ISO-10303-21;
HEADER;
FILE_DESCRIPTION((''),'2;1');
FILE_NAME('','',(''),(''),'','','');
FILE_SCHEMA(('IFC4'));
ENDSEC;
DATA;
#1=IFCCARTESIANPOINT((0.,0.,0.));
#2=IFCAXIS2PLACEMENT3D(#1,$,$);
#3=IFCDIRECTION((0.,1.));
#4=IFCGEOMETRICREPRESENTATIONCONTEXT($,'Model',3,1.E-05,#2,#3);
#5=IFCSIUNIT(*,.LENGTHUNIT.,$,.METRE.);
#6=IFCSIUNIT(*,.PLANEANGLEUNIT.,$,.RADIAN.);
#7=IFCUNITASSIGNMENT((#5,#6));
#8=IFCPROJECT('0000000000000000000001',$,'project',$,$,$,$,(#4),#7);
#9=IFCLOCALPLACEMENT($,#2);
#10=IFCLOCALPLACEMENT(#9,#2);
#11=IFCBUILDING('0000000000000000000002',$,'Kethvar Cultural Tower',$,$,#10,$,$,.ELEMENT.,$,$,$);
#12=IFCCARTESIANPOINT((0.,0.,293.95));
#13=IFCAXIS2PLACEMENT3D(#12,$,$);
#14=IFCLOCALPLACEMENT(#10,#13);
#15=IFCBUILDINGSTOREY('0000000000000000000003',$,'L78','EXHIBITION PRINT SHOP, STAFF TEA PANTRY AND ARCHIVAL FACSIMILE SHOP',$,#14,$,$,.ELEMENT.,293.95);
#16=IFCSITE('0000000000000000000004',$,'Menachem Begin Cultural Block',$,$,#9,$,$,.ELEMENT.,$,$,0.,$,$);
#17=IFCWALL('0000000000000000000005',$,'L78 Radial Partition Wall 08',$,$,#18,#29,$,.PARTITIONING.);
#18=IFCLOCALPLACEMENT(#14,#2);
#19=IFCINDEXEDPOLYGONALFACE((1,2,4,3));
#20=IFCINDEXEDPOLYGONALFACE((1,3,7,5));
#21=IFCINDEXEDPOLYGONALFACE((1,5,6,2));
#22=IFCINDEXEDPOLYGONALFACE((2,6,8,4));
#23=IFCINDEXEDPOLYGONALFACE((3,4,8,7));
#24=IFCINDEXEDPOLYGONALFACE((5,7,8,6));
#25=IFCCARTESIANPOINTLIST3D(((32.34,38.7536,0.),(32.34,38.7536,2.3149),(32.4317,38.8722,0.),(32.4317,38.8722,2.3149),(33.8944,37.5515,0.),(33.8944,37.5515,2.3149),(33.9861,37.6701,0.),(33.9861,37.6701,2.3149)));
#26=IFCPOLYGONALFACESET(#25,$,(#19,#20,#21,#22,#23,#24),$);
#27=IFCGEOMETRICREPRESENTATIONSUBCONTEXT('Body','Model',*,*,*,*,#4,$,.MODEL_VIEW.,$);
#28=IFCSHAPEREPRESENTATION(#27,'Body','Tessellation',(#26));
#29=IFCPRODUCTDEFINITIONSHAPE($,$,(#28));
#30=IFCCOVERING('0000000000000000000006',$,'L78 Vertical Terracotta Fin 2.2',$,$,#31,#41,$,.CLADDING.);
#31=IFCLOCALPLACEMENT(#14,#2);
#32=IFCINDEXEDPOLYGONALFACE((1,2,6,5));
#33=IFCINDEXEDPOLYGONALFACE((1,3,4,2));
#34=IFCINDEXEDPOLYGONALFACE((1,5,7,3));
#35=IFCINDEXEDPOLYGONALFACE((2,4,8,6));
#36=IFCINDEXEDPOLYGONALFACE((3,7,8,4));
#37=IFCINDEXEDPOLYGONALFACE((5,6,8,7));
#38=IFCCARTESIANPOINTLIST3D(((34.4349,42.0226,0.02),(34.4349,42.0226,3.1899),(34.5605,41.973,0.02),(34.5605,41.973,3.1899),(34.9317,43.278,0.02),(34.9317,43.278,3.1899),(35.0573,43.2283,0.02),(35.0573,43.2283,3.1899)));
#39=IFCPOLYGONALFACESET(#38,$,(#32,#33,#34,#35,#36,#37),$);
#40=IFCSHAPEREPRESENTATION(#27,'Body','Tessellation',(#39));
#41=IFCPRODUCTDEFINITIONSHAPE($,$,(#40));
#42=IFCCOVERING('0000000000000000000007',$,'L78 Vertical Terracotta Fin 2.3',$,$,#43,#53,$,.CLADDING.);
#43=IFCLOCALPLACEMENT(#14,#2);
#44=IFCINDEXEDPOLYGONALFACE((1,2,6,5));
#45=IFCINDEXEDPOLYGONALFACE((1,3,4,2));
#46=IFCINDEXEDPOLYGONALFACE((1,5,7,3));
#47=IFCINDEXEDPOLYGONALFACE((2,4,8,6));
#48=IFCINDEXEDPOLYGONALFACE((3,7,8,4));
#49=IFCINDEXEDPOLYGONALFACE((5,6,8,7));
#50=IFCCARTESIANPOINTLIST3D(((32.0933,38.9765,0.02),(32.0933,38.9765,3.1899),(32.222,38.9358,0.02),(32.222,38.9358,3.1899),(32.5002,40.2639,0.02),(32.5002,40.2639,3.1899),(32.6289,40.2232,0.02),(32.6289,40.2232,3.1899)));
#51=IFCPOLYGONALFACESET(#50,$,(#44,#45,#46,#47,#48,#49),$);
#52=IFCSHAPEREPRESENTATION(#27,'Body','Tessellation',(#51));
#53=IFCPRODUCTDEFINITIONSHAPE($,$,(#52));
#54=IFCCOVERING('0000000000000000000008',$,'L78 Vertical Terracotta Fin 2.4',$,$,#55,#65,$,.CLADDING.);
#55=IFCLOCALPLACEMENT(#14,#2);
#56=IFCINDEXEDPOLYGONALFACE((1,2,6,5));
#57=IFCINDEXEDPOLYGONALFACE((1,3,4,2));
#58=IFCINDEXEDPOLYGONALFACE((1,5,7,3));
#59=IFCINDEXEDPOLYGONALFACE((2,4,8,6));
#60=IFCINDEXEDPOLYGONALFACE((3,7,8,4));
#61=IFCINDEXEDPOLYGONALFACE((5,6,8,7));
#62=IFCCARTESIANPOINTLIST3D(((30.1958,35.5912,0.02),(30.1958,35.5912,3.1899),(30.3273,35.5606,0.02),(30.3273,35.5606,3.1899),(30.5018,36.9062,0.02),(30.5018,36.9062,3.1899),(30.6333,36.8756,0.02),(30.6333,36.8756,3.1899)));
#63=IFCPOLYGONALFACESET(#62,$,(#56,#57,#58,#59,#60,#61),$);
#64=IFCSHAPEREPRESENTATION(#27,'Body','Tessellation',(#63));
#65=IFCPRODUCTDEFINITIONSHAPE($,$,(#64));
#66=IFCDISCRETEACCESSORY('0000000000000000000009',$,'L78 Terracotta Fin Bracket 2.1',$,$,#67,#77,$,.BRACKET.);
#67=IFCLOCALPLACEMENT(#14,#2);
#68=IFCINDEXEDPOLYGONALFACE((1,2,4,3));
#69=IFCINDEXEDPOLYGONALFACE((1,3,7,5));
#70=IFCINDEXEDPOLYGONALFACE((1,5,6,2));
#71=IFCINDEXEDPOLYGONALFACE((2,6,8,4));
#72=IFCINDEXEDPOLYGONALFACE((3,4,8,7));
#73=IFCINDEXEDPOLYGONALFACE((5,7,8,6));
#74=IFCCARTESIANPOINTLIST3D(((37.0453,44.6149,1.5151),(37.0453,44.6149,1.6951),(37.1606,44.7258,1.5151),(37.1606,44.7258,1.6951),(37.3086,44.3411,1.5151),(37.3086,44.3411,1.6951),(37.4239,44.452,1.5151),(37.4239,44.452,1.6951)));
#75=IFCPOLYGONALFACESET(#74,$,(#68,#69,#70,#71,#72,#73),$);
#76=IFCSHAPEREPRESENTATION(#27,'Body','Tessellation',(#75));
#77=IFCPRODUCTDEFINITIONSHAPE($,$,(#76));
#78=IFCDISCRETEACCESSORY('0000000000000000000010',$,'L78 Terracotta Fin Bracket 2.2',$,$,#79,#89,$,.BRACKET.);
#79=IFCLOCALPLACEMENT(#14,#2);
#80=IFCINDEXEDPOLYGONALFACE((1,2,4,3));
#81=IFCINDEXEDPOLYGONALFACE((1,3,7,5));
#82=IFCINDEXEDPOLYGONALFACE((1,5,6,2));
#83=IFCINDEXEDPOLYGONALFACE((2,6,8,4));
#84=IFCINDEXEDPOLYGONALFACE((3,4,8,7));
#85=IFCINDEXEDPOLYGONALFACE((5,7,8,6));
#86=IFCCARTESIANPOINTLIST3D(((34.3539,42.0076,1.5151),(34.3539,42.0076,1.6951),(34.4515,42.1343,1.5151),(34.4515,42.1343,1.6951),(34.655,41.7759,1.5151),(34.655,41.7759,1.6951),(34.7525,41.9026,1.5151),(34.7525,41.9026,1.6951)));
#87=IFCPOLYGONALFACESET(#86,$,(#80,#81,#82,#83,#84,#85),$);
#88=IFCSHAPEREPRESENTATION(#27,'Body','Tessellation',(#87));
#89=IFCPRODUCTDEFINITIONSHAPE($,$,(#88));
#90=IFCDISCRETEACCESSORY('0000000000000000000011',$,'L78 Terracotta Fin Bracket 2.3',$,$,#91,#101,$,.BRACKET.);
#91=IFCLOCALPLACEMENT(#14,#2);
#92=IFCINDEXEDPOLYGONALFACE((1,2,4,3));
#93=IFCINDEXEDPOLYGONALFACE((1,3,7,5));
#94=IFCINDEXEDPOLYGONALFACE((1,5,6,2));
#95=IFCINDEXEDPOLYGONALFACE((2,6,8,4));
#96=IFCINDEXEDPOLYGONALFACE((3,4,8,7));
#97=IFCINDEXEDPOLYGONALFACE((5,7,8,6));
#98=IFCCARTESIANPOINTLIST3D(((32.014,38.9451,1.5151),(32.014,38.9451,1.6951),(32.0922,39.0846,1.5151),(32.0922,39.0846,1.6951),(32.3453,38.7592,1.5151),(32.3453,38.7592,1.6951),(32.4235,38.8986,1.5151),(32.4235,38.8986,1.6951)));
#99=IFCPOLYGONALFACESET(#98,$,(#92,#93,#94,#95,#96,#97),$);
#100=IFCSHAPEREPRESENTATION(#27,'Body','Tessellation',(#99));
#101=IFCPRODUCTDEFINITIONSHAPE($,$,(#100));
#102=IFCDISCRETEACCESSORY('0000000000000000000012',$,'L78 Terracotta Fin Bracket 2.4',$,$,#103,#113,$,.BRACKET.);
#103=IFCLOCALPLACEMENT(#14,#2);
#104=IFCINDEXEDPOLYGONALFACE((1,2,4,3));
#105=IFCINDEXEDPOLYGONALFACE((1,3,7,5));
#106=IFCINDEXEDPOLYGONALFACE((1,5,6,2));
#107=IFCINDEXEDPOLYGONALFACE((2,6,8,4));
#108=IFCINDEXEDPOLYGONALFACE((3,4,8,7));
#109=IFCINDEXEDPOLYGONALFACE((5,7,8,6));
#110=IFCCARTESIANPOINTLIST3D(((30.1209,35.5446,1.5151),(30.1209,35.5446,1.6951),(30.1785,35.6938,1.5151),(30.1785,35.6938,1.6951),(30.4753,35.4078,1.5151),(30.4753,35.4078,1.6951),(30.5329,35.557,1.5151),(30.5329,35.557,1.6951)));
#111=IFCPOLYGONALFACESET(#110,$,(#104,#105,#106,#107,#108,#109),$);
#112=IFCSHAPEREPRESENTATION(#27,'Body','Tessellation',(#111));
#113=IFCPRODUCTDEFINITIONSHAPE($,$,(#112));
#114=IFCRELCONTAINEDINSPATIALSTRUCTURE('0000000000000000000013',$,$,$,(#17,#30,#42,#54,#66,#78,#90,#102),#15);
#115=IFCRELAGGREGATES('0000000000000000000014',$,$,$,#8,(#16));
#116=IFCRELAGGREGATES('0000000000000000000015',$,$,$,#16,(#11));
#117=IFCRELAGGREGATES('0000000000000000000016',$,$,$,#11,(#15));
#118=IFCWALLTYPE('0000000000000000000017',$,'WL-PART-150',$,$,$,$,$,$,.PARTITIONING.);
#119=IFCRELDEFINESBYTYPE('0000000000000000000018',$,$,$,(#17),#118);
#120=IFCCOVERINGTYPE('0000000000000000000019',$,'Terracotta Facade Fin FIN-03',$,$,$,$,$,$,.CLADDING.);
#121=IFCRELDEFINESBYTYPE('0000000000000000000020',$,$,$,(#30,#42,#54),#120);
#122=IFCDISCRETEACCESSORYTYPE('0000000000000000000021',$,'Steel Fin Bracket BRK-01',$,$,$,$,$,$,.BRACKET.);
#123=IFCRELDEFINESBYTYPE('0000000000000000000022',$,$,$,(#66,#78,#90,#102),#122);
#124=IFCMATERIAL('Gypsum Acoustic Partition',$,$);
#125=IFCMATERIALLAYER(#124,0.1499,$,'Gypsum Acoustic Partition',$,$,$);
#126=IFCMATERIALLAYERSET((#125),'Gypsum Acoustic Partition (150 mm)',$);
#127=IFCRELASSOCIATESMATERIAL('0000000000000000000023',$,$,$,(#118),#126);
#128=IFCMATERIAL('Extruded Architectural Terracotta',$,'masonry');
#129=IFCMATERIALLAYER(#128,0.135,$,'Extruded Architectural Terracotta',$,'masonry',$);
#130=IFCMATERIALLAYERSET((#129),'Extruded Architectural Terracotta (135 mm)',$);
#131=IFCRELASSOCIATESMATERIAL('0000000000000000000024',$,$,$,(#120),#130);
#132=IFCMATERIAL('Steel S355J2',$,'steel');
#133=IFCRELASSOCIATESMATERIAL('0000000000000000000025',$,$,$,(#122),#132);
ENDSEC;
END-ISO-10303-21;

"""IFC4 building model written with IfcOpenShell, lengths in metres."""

from ifc_helpers import new_model, si_unit, direction, frame, frame_2d, origin, origin_2d, place, context, subcontext, project, spatial, rectangle, extrude, source, transform, mapped, material, layer, layer_set, type_object, element, save


model = new_model("IFC4")

# Units and contexts
model_context = context("Model", 3, precision=1e-05, world=origin(), true_north=direction((0.0, 1.0)))
body_context = subcontext(model_context, "Body", "Model", "MODEL_VIEW")
ifc_project = project(units=[si_unit("LENGTHUNIT", "METRE"), si_unit("PLANEANGLEUNIT", "RADIAN")], contexts=[model_context])

# Site, building, storey
site_placement = place(None, origin())
site = spatial("IfcSite", under=ifc_project, at=site_placement, Name="Menachem Begin Cultural Block", CompositionType="ELEMENT", RefElevation=0.0)
building_placement = place(site_placement, origin())
building = spatial("IfcBuilding", under=site, at=building_placement, Name="Kethvar Cultural Tower", CompositionType="ELEMENT")
storey_placement = place(building_placement, frame((0.0, 0.0, 293.95)))
storey = spatial("IfcBuildingStorey", under=building, at=storey_placement, Name="L78", Description="EXHIBITION PRINT SHOP, STAFF TEA PANTRY AND ARCHIVAL FACSIMILE SHOP", CompositionType="ELEMENT", Elevation=293.95)

# Shared definitions
ifc_material_1 = material(Name="Steel S355J2", Category="steel")

# Wall
ifc_material_2 = material(Name="Gypsum Acoustic Partition")
ifc_layer_1 = layer(ifc_material_2, 0.1499, Name="Gypsum Acoustic Partition")
ifc_layer_set_1 = layer_set([ifc_layer_1], Name="Gypsum Acoustic Partition (150 mm)")
wall_type_1 = type_object("IfcWallType", Name="WL-PART-150", PredefinedType="PARTITIONING", material=ifc_layer_set_1)
wall_1_placement = place(storey_placement, frame((33.9402, 37.6108, 0.0), z_axis=(0.0, 0.0, 1.0), x_axis=(-0.791042, 0.611762, 0.0)))
element("IfcWall", 1, at=wall_1_placement, inside=storey, type_object=wall_type_1, Name="L78 Radial Partition Wall 08", PredefinedType="PARTITIONING", context=body_context, shape_type="SweptSolid", body=[
    extrude(rectangle(XDim=1.9651, YDim=0.1499, at=frame_2d((0.9824, 0.0))), origin(), (0.0, 0.0, 1.0), 2.3149),
])

# Coverings
ifc_material_3 = material(Name="Extruded Architectural Terracotta", Category="masonry")
ifc_layer_2 = layer(ifc_material_3, 0.135, Name="Extruded Architectural Terracotta", Category="masonry")
ifc_layer_set_2 = layer_set([ifc_layer_2], Name="Extruded Architectural Terracotta (135 mm)")
covering_type = type_object("IfcCoveringType", Name="Terracotta Facade Fin FIN-03", PredefinedType="CLADDING", material=ifc_layer_set_2)
shared_shape_1 = source(origin(), body_context, "Body", "SweptSolid", [
    extrude(rectangle(XDim=1.3501, YDim=0.135, at=origin_2d()), origin(), (0.0, 0.0, 1.0), 3.1699),
])
for number, where, z_axis, x_axis, name in (
    (2, (34.7461, 42.6255, 0.02), (0.0, 0.0, 1.0), (0.367962, 0.929841, 0.0), "L78 Vertical Terracotta Fin 2.2"),
    (3, (32.3611, 39.5999, 0.02), (0.0, 0.0, 1.0), (0.301372, 0.953507, 0.0), "L78 Vertical Terracotta Fin 2.3"),
    (4, (30.4146, 36.2334, 0.02), (0.0, 0.0, 1.0), (0.226651, 0.973976, 0.0), "L78 Vertical Terracotta Fin 2.4"),
):
    element("IfcCovering", number, at=place(storey_placement, frame(where, z_axis=z_axis, x_axis=x_axis)), inside=storey, type_object=covering_type, Name=name, PredefinedType="CLADDING", context=body_context, shape_type="MappedRepresentation", body=[
        mapped(shared_shape_1, transform((0.0, 0.0, 0.0), scale=1.0)),
    ])

# Discrete accessories
discrete_accessory_type = type_object("IfcDiscreteAccessoryType", Name="Steel Fin Bracket BRK-01", PredefinedType="BRACKET", material=ifc_material_1)
shared_shape_2 = source(origin(), body_context, "Body", "SweptSolid", [
    extrude(rectangle(XDim=0.3799, YDim=0.1599, at=origin_2d()), origin(), (0.0, 0.0, 1.0), 0.1799),
])
for number, where, z_axis, x_axis, name in (
    (5, (37.2346, 44.5334, 1.5151), (0.0, 0.0, 1.0), (-0.69315, 0.720793, 0.0), "L78 Terracotta Fin Bracket 2.1"),
    (6, (34.5532, 41.9551, 1.5151), (0.0, 0.0, 1.0), (-0.792396, 0.610007, 0.0), "L78 Terracotta Fin Bracket 2.2"),
    (7, (32.2188, 38.9219, 1.5151), (0.0, 0.0, 1.0), (-0.872069, 0.489382, 0.0), "L78 Terracotta Fin Bracket 2.3"),
    (8, (30.3269, 35.5508, 1.5151), (0.0, 0.0, 1.0), (-0.932954, 0.359997, 0.0), "L78 Terracotta Fin Bracket 2.4"),
):
    element("IfcDiscreteAccessory", number, at=place(storey_placement, frame(where, z_axis=z_axis, x_axis=x_axis)), inside=storey, type_object=discrete_accessory_type, Name=name, PredefinedType="BRACKET", context=body_context, shape_type="MappedRepresentation", body=[
        mapped(shared_shape_2, transform((0.0, 0.0, 0.0), scale=1.0)),
    ])

save(model, "model.ifc")
